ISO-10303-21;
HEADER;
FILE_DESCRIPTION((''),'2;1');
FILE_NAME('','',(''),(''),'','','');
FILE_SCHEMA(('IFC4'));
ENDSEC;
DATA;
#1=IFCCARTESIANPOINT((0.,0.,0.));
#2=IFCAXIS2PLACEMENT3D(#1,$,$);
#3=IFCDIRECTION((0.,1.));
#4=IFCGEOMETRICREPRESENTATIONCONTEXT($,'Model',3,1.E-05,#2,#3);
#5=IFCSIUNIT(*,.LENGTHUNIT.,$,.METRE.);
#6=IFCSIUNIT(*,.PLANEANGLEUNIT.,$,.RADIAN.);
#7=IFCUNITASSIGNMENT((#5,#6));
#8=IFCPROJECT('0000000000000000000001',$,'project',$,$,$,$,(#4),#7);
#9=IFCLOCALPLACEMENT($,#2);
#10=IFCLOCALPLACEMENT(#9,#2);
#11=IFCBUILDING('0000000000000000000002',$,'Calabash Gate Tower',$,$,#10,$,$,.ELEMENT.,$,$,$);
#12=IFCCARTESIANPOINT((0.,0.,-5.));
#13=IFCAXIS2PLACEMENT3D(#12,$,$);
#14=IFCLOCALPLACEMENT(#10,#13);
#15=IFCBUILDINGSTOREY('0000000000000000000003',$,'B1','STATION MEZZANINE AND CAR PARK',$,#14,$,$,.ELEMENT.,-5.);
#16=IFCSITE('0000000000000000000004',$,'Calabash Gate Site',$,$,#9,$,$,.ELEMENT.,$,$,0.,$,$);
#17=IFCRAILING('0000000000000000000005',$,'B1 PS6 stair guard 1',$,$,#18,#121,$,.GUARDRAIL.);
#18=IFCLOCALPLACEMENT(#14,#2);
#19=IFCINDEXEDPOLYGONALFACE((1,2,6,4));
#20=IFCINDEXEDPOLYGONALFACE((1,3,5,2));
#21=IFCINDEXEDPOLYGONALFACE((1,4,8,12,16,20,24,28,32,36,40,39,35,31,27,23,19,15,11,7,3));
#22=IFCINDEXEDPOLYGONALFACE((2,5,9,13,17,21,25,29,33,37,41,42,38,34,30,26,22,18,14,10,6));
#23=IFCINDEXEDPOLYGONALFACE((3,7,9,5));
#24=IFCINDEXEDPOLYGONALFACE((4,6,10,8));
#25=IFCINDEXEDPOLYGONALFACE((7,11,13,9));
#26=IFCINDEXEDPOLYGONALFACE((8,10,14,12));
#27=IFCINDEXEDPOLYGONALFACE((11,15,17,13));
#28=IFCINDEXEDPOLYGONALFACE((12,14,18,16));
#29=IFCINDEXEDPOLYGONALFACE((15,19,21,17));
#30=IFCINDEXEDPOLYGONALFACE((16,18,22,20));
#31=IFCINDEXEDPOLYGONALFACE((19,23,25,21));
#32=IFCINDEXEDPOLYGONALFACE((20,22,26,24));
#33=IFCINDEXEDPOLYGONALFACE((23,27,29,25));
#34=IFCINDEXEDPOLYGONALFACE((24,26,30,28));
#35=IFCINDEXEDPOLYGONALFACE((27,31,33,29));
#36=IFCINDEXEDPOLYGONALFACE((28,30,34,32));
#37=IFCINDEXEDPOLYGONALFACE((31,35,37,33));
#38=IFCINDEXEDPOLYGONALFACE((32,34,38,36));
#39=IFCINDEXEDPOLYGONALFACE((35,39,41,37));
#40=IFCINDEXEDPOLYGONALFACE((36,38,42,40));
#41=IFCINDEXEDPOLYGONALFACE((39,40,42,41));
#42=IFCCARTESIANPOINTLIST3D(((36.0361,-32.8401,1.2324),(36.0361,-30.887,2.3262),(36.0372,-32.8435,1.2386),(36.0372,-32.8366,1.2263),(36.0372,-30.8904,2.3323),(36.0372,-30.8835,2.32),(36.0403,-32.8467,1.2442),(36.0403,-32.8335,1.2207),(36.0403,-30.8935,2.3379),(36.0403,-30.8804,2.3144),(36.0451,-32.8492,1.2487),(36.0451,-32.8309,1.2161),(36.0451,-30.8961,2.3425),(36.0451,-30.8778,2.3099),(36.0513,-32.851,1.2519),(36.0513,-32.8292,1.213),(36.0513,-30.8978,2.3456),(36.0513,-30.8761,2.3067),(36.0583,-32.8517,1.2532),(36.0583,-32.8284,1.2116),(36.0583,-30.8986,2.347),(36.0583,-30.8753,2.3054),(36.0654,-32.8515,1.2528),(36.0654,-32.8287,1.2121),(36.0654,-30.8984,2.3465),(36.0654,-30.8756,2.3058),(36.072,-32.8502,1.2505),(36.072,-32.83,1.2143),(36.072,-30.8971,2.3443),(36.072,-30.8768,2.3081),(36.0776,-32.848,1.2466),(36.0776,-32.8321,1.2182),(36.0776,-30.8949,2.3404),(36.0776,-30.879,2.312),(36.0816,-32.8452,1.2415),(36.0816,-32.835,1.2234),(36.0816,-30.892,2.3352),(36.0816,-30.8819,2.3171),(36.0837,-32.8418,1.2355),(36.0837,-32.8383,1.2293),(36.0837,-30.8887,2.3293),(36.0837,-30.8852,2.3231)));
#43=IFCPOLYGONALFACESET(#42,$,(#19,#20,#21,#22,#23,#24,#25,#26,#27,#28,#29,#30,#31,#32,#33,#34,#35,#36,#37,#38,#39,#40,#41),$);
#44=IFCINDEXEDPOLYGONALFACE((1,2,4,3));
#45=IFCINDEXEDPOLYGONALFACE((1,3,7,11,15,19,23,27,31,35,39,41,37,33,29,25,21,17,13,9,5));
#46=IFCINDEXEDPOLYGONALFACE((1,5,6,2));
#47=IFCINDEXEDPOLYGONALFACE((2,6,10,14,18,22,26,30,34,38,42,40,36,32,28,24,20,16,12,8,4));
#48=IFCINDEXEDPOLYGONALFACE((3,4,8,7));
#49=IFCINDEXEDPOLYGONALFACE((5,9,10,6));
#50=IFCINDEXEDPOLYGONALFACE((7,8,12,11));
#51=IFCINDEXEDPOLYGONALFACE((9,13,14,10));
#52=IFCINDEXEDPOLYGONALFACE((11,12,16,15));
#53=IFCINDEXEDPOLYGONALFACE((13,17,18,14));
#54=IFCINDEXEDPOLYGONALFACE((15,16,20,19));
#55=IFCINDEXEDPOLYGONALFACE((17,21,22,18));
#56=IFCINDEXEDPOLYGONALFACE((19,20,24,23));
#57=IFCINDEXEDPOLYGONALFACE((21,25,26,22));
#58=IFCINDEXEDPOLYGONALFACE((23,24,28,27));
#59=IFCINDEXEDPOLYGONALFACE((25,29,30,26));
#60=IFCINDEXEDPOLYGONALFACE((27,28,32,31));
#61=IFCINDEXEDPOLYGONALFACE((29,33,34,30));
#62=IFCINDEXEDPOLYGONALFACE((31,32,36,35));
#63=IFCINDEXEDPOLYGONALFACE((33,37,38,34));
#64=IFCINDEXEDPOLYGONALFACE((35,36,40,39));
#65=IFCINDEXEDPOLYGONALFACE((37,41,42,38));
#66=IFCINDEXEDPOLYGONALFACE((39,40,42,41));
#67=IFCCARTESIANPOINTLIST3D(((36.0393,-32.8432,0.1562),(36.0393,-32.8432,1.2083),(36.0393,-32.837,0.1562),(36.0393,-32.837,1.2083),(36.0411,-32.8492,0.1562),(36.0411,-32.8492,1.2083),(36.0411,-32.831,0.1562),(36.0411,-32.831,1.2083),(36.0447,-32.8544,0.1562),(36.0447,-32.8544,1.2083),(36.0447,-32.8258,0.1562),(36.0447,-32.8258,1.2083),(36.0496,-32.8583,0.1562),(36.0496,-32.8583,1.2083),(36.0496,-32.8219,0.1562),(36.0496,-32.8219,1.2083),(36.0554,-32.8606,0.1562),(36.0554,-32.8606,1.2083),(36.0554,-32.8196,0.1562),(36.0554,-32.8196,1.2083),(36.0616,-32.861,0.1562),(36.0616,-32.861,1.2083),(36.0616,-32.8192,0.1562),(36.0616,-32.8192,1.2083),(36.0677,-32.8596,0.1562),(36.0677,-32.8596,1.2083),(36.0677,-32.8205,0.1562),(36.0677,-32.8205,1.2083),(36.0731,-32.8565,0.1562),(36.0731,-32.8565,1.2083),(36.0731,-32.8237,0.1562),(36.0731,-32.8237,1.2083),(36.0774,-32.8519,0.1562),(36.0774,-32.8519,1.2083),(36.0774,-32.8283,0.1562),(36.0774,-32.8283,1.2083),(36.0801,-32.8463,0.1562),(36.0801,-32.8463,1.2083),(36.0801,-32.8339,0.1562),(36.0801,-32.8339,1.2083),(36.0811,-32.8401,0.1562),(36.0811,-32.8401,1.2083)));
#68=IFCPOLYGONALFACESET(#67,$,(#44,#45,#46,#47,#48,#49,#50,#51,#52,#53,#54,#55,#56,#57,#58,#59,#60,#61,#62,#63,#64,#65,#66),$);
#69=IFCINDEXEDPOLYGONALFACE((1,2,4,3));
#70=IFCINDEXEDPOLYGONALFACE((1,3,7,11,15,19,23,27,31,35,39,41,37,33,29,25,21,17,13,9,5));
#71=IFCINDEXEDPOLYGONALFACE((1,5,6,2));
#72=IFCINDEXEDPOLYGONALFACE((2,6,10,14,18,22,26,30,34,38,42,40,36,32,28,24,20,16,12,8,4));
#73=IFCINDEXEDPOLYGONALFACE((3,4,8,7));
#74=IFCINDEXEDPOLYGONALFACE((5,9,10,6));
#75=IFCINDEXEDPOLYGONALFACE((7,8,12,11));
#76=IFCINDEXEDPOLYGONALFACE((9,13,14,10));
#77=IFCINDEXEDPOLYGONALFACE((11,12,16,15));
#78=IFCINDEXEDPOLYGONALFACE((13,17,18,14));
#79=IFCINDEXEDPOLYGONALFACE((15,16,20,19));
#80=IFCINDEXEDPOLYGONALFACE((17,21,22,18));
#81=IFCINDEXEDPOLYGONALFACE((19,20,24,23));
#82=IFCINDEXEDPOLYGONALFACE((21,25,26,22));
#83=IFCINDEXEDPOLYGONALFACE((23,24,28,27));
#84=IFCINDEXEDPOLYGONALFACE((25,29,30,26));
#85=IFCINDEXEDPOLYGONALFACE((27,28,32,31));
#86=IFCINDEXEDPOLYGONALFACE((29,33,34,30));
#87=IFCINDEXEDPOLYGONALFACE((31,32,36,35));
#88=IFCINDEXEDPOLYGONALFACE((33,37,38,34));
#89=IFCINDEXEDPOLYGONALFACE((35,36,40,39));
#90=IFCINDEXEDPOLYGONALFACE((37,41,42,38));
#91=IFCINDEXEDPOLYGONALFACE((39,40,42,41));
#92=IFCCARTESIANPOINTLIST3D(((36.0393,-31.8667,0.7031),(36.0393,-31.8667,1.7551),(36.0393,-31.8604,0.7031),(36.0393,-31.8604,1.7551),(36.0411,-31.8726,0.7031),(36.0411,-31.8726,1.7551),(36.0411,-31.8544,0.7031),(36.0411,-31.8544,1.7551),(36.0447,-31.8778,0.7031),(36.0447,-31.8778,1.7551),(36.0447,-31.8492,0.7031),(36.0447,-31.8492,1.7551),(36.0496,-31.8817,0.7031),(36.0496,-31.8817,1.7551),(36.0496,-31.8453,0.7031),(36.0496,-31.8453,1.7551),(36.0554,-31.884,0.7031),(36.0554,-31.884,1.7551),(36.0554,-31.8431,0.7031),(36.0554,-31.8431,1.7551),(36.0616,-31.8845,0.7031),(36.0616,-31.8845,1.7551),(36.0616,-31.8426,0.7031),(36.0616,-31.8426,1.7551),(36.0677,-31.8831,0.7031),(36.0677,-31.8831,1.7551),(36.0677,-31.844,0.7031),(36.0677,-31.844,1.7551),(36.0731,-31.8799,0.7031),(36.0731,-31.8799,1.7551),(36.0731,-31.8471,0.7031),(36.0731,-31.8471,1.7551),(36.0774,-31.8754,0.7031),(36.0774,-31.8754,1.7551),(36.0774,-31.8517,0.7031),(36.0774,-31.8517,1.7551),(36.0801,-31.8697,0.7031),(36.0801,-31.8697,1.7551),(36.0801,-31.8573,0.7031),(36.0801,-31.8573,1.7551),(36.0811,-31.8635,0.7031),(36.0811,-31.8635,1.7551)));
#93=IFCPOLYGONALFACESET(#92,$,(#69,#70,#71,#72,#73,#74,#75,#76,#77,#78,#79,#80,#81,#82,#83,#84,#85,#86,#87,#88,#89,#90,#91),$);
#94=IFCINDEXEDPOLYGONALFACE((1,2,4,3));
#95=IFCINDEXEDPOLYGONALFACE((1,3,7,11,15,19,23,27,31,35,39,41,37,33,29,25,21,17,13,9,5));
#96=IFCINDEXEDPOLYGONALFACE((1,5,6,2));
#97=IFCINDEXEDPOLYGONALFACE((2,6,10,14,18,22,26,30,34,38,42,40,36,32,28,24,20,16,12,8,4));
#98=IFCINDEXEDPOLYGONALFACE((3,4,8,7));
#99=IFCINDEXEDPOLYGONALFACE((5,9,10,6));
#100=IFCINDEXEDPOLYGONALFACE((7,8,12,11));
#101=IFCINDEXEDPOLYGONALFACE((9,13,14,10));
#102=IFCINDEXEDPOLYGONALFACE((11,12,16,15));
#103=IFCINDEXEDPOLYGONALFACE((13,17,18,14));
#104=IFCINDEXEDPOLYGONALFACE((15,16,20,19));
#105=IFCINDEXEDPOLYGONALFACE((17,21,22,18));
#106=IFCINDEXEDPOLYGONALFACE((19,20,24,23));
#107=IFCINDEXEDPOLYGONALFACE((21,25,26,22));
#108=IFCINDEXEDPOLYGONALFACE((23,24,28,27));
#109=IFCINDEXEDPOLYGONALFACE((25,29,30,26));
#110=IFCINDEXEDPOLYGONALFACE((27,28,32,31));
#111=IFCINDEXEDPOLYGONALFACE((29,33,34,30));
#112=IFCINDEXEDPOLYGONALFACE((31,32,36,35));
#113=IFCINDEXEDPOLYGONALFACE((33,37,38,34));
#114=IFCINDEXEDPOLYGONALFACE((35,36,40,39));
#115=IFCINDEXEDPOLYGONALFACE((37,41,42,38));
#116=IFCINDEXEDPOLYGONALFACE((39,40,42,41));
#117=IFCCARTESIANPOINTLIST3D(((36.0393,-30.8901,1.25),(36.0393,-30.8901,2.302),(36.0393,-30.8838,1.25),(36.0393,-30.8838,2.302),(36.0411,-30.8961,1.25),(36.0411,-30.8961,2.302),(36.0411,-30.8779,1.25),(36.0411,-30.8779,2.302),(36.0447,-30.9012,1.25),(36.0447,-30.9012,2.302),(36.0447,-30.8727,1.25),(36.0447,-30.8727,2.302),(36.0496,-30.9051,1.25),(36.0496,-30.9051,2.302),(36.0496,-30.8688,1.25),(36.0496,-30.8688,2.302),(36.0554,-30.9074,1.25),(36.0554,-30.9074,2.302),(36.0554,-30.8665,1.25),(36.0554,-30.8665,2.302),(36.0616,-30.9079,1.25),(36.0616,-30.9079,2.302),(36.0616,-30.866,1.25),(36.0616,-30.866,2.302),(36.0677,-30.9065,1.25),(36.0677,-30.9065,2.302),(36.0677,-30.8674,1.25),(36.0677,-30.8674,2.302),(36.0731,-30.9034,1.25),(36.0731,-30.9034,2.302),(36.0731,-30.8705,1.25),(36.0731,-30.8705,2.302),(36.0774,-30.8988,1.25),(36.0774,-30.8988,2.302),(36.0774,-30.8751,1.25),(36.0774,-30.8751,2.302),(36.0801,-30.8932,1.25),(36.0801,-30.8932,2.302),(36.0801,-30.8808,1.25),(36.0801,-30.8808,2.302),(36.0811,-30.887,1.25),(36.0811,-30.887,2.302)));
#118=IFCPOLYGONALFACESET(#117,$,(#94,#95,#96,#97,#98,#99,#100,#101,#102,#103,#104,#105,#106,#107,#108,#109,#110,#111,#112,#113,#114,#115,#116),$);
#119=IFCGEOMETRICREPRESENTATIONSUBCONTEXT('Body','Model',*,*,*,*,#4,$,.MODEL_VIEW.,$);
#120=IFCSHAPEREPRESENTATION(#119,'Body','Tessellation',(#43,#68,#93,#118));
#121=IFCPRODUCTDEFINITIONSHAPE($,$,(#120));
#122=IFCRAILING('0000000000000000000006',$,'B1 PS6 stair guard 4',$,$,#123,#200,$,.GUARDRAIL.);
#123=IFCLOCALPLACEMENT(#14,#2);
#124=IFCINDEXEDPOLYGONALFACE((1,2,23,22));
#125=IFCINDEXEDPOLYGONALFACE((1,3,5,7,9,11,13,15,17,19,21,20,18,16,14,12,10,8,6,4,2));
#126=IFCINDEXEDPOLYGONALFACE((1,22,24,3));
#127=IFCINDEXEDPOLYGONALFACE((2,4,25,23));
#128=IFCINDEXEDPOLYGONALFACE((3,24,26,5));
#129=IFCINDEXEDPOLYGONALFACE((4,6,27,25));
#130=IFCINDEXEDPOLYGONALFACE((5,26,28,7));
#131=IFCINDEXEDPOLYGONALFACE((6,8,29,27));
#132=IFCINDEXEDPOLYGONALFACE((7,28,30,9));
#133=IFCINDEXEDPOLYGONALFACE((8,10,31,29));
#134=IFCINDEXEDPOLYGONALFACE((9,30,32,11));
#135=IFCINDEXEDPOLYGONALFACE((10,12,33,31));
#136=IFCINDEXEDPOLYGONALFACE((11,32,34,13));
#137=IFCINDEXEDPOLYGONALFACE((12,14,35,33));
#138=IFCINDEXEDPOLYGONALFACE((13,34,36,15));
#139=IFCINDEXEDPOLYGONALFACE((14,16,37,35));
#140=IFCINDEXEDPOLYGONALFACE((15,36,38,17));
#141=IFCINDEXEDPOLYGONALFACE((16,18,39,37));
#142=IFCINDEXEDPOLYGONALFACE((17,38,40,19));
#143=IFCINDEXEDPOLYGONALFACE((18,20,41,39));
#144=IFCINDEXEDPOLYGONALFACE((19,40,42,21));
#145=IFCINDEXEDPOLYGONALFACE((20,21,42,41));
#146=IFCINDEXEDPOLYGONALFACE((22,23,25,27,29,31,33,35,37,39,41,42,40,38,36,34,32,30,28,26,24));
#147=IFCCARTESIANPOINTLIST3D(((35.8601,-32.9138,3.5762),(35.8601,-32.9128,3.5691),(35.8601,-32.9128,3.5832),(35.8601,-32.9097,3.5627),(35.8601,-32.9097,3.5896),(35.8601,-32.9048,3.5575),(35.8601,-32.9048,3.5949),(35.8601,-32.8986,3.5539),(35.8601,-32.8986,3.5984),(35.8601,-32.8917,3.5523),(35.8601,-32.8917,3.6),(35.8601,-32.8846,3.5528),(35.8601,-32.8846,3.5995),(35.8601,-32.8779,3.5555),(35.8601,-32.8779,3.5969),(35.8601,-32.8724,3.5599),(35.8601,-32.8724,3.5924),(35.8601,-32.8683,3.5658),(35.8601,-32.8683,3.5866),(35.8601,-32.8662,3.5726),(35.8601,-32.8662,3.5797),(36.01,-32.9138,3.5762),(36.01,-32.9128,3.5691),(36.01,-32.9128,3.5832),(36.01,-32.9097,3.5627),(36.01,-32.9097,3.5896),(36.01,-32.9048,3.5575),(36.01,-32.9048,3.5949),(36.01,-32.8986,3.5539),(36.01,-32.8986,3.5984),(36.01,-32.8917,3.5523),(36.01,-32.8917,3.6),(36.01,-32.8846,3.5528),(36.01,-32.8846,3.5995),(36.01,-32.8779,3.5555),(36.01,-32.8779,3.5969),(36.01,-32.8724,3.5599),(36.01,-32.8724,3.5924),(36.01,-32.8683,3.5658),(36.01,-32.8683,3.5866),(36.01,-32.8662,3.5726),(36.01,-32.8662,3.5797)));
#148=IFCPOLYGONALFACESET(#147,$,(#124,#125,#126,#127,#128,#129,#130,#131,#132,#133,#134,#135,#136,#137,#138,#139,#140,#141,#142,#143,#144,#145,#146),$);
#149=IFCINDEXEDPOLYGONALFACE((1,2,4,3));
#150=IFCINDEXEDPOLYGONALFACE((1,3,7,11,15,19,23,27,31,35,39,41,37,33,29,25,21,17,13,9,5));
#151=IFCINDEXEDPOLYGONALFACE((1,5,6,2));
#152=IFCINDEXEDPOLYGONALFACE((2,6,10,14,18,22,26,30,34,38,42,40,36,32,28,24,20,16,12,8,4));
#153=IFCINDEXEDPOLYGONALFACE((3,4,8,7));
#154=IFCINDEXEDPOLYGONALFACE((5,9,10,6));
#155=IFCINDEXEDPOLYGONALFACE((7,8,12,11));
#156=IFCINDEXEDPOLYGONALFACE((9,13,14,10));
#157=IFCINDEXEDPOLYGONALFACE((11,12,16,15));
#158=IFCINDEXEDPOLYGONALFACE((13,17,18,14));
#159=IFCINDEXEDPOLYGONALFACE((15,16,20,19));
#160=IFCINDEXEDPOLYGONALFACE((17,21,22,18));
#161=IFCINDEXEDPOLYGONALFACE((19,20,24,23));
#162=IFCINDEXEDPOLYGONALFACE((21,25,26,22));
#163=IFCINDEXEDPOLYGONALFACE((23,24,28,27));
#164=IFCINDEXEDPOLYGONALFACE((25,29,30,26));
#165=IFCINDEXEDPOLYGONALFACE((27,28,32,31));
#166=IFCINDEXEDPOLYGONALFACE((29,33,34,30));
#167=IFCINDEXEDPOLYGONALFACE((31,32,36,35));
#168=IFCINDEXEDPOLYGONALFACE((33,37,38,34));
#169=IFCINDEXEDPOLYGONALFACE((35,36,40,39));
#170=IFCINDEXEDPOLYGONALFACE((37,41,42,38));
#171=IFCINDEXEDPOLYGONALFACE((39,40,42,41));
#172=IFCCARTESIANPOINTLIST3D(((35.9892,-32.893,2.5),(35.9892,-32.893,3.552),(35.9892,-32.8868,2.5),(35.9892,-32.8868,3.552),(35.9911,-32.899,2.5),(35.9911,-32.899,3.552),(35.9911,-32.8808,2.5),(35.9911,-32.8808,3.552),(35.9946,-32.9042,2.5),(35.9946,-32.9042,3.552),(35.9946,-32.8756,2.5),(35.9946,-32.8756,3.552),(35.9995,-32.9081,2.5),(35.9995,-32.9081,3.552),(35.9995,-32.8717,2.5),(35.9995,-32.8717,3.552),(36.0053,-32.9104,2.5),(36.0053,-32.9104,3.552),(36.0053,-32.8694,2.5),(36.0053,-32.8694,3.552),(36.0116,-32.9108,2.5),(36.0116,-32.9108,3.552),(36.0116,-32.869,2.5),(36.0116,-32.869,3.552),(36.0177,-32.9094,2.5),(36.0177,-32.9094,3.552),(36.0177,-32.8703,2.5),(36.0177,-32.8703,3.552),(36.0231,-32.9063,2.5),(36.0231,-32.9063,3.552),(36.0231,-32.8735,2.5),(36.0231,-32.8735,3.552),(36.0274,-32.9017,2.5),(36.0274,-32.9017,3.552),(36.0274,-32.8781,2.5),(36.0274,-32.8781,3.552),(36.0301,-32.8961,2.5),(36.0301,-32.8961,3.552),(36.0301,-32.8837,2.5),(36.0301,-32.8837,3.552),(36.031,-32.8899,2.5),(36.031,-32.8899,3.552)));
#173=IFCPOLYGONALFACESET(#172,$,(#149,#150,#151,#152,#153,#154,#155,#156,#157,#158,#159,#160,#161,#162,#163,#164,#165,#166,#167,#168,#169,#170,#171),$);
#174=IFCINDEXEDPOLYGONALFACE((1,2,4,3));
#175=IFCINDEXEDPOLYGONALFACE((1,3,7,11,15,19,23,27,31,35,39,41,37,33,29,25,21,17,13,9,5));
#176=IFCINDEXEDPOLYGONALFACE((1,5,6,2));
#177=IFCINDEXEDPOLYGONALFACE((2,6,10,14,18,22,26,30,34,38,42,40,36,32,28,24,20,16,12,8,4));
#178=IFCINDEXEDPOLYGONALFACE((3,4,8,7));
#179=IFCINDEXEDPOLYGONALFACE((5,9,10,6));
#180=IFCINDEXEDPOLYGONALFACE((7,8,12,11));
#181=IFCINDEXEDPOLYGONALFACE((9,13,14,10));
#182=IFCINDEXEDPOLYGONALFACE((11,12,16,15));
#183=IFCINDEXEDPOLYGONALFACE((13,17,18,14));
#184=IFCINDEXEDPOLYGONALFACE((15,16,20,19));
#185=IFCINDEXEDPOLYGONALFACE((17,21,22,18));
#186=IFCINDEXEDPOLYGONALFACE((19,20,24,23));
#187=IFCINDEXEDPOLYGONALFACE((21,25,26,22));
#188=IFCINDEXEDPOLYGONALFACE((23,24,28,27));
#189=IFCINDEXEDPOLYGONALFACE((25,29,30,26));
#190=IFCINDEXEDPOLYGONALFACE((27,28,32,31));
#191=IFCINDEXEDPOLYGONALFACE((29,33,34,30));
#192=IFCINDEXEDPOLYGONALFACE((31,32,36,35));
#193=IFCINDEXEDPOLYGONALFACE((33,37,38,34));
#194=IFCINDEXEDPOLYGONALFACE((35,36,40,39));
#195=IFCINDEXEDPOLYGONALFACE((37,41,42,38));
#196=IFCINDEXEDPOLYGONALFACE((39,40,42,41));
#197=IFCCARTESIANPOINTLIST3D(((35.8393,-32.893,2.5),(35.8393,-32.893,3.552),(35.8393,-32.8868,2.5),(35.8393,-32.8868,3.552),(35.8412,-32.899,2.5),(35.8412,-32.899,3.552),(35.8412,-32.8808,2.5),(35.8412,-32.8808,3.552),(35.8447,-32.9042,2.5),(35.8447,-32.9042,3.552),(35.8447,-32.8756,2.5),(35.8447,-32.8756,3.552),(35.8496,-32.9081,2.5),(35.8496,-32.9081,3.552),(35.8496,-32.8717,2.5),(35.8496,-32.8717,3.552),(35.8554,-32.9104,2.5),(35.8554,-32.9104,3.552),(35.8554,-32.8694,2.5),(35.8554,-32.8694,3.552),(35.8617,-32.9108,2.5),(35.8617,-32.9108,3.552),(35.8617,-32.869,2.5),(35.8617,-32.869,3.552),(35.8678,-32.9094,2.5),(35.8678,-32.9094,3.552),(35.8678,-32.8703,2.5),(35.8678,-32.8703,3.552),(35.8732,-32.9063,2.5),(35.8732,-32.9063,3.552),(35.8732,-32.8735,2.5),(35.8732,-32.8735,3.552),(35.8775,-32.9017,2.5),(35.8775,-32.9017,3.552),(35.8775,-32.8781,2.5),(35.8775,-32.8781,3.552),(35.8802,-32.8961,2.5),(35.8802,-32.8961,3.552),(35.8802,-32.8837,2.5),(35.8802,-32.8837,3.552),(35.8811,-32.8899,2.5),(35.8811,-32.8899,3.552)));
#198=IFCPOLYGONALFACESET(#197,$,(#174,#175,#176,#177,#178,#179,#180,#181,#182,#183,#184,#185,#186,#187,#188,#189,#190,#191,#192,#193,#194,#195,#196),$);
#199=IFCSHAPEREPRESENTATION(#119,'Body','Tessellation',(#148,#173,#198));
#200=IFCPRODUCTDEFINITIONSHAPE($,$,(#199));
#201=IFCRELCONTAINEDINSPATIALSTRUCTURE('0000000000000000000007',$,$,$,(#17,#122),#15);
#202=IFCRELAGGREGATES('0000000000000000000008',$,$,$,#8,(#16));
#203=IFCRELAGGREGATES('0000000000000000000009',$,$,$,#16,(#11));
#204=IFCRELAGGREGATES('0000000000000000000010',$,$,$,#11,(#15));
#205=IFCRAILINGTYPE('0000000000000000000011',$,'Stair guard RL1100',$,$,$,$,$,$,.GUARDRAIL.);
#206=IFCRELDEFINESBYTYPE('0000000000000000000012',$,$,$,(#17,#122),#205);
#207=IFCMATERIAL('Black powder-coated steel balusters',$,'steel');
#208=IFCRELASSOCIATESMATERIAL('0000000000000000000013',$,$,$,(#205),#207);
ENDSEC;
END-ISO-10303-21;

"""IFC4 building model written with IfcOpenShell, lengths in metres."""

from ifc_helpers import new_model, si_unit, direction, frame, origin, origin_2d, place, context, subcontext, project, spatial, circle, extrude, material, type_object, element, save


model = new_model("IFC4")

# Units and contexts
model_context = context("Model", 3, precision=1e-05, world=origin(), true_north=direction((0.0, 1.0)))
body_context = subcontext(model_context, "Body", "Model", "MODEL_VIEW")
ifc_project = project(units=[si_unit("LENGTHUNIT", "METRE"), si_unit("PLANEANGLEUNIT", "RADIAN")], contexts=[model_context])

# Site, building, storey
site_placement = place(None, origin())
site = spatial("IfcSite", under=ifc_project, at=site_placement, Name="Calabash Gate Site", CompositionType="ELEMENT", RefElevation=0.0)
building_placement = place(site_placement, origin())
building = spatial("IfcBuilding", under=site, at=building_placement, Name="Calabash Gate Tower", CompositionType="ELEMENT")
storey_placement = place(building_placement, frame((0.0, 0.0, -5.0)))
storey = spatial("IfcBuildingStorey", under=building, at=storey_placement, Name="B1", Description="STATION MEZZANINE AND CAR PARK", CompositionType="ELEMENT", Elevation=-5.0)

# Railings
ifc_material_1 = material(Name="Black powder-coated steel balusters", Category="steel")
railing_type = type_object("IfcRailingType", Name="Stair guard RL1100", PredefinedType="GUARDRAIL", material=ifc_material_1)
railing_1_placement = place(storey_placement, frame((36.0601, -32.8401, 0.1562)))
element("IfcRailing", 1, at=railing_1_placement, inside=storey, type_object=railing_type, Name="B1 PS6 stair guard 1", PredefinedType="GUARDRAIL", context=body_context, shape_type="SweptSolid", body=[
    extrude(circle(Radius=0.0239, at=origin_2d()), frame((0.0, 0.0, 1.0762), z_axis=(0.0, 0.872506, 0.488603), x_axis=(-1.0, 0.0, 0.0)), (0.0, 0.0, 1.0), 2.2385),
    extrude(circle(Radius=0.021, at=origin_2d()), origin(), (0.0, 0.0, 1.0), 1.052),
    extrude(circle(Radius=0.021, at=origin_2d()), frame((0.0, 0.9766, 0.5469)), (0.0, 0.0, 1.0), 1.052),
    extrude(circle(Radius=0.021, at=origin_2d()), frame((0.0, 1.9531, 1.0938)), (0.0, 0.0, 1.0), 1.052),
])
railing_2_placement = place(storey_placement, frame((36.01, -32.8899, 2.5)))
element("IfcRailing", 2, at=railing_2_placement, inside=storey, type_object=railing_type, Name="B1 PS6 stair guard 4", PredefinedType="GUARDRAIL", context=body_context, shape_type="SweptSolid", body=[
    extrude(circle(Radius=0.0239, at=origin_2d()), frame((0.0, 0.0, 1.0762), z_axis=(-1.0, 0.0, 0.0), x_axis=(0.0, -1.0, 0.0)), (0.0, 0.0, 1.0), 0.1499),
    extrude(circle(Radius=0.021, at=origin_2d()), origin(), (0.0, 0.0, 1.0), 1.052),
    extrude(circle(Radius=0.021, at=origin_2d()), frame((-0.1499, 0.0, 0.0)), (0.0, 0.0, 1.0), 1.052),
])

save(model, "model.ifc")
